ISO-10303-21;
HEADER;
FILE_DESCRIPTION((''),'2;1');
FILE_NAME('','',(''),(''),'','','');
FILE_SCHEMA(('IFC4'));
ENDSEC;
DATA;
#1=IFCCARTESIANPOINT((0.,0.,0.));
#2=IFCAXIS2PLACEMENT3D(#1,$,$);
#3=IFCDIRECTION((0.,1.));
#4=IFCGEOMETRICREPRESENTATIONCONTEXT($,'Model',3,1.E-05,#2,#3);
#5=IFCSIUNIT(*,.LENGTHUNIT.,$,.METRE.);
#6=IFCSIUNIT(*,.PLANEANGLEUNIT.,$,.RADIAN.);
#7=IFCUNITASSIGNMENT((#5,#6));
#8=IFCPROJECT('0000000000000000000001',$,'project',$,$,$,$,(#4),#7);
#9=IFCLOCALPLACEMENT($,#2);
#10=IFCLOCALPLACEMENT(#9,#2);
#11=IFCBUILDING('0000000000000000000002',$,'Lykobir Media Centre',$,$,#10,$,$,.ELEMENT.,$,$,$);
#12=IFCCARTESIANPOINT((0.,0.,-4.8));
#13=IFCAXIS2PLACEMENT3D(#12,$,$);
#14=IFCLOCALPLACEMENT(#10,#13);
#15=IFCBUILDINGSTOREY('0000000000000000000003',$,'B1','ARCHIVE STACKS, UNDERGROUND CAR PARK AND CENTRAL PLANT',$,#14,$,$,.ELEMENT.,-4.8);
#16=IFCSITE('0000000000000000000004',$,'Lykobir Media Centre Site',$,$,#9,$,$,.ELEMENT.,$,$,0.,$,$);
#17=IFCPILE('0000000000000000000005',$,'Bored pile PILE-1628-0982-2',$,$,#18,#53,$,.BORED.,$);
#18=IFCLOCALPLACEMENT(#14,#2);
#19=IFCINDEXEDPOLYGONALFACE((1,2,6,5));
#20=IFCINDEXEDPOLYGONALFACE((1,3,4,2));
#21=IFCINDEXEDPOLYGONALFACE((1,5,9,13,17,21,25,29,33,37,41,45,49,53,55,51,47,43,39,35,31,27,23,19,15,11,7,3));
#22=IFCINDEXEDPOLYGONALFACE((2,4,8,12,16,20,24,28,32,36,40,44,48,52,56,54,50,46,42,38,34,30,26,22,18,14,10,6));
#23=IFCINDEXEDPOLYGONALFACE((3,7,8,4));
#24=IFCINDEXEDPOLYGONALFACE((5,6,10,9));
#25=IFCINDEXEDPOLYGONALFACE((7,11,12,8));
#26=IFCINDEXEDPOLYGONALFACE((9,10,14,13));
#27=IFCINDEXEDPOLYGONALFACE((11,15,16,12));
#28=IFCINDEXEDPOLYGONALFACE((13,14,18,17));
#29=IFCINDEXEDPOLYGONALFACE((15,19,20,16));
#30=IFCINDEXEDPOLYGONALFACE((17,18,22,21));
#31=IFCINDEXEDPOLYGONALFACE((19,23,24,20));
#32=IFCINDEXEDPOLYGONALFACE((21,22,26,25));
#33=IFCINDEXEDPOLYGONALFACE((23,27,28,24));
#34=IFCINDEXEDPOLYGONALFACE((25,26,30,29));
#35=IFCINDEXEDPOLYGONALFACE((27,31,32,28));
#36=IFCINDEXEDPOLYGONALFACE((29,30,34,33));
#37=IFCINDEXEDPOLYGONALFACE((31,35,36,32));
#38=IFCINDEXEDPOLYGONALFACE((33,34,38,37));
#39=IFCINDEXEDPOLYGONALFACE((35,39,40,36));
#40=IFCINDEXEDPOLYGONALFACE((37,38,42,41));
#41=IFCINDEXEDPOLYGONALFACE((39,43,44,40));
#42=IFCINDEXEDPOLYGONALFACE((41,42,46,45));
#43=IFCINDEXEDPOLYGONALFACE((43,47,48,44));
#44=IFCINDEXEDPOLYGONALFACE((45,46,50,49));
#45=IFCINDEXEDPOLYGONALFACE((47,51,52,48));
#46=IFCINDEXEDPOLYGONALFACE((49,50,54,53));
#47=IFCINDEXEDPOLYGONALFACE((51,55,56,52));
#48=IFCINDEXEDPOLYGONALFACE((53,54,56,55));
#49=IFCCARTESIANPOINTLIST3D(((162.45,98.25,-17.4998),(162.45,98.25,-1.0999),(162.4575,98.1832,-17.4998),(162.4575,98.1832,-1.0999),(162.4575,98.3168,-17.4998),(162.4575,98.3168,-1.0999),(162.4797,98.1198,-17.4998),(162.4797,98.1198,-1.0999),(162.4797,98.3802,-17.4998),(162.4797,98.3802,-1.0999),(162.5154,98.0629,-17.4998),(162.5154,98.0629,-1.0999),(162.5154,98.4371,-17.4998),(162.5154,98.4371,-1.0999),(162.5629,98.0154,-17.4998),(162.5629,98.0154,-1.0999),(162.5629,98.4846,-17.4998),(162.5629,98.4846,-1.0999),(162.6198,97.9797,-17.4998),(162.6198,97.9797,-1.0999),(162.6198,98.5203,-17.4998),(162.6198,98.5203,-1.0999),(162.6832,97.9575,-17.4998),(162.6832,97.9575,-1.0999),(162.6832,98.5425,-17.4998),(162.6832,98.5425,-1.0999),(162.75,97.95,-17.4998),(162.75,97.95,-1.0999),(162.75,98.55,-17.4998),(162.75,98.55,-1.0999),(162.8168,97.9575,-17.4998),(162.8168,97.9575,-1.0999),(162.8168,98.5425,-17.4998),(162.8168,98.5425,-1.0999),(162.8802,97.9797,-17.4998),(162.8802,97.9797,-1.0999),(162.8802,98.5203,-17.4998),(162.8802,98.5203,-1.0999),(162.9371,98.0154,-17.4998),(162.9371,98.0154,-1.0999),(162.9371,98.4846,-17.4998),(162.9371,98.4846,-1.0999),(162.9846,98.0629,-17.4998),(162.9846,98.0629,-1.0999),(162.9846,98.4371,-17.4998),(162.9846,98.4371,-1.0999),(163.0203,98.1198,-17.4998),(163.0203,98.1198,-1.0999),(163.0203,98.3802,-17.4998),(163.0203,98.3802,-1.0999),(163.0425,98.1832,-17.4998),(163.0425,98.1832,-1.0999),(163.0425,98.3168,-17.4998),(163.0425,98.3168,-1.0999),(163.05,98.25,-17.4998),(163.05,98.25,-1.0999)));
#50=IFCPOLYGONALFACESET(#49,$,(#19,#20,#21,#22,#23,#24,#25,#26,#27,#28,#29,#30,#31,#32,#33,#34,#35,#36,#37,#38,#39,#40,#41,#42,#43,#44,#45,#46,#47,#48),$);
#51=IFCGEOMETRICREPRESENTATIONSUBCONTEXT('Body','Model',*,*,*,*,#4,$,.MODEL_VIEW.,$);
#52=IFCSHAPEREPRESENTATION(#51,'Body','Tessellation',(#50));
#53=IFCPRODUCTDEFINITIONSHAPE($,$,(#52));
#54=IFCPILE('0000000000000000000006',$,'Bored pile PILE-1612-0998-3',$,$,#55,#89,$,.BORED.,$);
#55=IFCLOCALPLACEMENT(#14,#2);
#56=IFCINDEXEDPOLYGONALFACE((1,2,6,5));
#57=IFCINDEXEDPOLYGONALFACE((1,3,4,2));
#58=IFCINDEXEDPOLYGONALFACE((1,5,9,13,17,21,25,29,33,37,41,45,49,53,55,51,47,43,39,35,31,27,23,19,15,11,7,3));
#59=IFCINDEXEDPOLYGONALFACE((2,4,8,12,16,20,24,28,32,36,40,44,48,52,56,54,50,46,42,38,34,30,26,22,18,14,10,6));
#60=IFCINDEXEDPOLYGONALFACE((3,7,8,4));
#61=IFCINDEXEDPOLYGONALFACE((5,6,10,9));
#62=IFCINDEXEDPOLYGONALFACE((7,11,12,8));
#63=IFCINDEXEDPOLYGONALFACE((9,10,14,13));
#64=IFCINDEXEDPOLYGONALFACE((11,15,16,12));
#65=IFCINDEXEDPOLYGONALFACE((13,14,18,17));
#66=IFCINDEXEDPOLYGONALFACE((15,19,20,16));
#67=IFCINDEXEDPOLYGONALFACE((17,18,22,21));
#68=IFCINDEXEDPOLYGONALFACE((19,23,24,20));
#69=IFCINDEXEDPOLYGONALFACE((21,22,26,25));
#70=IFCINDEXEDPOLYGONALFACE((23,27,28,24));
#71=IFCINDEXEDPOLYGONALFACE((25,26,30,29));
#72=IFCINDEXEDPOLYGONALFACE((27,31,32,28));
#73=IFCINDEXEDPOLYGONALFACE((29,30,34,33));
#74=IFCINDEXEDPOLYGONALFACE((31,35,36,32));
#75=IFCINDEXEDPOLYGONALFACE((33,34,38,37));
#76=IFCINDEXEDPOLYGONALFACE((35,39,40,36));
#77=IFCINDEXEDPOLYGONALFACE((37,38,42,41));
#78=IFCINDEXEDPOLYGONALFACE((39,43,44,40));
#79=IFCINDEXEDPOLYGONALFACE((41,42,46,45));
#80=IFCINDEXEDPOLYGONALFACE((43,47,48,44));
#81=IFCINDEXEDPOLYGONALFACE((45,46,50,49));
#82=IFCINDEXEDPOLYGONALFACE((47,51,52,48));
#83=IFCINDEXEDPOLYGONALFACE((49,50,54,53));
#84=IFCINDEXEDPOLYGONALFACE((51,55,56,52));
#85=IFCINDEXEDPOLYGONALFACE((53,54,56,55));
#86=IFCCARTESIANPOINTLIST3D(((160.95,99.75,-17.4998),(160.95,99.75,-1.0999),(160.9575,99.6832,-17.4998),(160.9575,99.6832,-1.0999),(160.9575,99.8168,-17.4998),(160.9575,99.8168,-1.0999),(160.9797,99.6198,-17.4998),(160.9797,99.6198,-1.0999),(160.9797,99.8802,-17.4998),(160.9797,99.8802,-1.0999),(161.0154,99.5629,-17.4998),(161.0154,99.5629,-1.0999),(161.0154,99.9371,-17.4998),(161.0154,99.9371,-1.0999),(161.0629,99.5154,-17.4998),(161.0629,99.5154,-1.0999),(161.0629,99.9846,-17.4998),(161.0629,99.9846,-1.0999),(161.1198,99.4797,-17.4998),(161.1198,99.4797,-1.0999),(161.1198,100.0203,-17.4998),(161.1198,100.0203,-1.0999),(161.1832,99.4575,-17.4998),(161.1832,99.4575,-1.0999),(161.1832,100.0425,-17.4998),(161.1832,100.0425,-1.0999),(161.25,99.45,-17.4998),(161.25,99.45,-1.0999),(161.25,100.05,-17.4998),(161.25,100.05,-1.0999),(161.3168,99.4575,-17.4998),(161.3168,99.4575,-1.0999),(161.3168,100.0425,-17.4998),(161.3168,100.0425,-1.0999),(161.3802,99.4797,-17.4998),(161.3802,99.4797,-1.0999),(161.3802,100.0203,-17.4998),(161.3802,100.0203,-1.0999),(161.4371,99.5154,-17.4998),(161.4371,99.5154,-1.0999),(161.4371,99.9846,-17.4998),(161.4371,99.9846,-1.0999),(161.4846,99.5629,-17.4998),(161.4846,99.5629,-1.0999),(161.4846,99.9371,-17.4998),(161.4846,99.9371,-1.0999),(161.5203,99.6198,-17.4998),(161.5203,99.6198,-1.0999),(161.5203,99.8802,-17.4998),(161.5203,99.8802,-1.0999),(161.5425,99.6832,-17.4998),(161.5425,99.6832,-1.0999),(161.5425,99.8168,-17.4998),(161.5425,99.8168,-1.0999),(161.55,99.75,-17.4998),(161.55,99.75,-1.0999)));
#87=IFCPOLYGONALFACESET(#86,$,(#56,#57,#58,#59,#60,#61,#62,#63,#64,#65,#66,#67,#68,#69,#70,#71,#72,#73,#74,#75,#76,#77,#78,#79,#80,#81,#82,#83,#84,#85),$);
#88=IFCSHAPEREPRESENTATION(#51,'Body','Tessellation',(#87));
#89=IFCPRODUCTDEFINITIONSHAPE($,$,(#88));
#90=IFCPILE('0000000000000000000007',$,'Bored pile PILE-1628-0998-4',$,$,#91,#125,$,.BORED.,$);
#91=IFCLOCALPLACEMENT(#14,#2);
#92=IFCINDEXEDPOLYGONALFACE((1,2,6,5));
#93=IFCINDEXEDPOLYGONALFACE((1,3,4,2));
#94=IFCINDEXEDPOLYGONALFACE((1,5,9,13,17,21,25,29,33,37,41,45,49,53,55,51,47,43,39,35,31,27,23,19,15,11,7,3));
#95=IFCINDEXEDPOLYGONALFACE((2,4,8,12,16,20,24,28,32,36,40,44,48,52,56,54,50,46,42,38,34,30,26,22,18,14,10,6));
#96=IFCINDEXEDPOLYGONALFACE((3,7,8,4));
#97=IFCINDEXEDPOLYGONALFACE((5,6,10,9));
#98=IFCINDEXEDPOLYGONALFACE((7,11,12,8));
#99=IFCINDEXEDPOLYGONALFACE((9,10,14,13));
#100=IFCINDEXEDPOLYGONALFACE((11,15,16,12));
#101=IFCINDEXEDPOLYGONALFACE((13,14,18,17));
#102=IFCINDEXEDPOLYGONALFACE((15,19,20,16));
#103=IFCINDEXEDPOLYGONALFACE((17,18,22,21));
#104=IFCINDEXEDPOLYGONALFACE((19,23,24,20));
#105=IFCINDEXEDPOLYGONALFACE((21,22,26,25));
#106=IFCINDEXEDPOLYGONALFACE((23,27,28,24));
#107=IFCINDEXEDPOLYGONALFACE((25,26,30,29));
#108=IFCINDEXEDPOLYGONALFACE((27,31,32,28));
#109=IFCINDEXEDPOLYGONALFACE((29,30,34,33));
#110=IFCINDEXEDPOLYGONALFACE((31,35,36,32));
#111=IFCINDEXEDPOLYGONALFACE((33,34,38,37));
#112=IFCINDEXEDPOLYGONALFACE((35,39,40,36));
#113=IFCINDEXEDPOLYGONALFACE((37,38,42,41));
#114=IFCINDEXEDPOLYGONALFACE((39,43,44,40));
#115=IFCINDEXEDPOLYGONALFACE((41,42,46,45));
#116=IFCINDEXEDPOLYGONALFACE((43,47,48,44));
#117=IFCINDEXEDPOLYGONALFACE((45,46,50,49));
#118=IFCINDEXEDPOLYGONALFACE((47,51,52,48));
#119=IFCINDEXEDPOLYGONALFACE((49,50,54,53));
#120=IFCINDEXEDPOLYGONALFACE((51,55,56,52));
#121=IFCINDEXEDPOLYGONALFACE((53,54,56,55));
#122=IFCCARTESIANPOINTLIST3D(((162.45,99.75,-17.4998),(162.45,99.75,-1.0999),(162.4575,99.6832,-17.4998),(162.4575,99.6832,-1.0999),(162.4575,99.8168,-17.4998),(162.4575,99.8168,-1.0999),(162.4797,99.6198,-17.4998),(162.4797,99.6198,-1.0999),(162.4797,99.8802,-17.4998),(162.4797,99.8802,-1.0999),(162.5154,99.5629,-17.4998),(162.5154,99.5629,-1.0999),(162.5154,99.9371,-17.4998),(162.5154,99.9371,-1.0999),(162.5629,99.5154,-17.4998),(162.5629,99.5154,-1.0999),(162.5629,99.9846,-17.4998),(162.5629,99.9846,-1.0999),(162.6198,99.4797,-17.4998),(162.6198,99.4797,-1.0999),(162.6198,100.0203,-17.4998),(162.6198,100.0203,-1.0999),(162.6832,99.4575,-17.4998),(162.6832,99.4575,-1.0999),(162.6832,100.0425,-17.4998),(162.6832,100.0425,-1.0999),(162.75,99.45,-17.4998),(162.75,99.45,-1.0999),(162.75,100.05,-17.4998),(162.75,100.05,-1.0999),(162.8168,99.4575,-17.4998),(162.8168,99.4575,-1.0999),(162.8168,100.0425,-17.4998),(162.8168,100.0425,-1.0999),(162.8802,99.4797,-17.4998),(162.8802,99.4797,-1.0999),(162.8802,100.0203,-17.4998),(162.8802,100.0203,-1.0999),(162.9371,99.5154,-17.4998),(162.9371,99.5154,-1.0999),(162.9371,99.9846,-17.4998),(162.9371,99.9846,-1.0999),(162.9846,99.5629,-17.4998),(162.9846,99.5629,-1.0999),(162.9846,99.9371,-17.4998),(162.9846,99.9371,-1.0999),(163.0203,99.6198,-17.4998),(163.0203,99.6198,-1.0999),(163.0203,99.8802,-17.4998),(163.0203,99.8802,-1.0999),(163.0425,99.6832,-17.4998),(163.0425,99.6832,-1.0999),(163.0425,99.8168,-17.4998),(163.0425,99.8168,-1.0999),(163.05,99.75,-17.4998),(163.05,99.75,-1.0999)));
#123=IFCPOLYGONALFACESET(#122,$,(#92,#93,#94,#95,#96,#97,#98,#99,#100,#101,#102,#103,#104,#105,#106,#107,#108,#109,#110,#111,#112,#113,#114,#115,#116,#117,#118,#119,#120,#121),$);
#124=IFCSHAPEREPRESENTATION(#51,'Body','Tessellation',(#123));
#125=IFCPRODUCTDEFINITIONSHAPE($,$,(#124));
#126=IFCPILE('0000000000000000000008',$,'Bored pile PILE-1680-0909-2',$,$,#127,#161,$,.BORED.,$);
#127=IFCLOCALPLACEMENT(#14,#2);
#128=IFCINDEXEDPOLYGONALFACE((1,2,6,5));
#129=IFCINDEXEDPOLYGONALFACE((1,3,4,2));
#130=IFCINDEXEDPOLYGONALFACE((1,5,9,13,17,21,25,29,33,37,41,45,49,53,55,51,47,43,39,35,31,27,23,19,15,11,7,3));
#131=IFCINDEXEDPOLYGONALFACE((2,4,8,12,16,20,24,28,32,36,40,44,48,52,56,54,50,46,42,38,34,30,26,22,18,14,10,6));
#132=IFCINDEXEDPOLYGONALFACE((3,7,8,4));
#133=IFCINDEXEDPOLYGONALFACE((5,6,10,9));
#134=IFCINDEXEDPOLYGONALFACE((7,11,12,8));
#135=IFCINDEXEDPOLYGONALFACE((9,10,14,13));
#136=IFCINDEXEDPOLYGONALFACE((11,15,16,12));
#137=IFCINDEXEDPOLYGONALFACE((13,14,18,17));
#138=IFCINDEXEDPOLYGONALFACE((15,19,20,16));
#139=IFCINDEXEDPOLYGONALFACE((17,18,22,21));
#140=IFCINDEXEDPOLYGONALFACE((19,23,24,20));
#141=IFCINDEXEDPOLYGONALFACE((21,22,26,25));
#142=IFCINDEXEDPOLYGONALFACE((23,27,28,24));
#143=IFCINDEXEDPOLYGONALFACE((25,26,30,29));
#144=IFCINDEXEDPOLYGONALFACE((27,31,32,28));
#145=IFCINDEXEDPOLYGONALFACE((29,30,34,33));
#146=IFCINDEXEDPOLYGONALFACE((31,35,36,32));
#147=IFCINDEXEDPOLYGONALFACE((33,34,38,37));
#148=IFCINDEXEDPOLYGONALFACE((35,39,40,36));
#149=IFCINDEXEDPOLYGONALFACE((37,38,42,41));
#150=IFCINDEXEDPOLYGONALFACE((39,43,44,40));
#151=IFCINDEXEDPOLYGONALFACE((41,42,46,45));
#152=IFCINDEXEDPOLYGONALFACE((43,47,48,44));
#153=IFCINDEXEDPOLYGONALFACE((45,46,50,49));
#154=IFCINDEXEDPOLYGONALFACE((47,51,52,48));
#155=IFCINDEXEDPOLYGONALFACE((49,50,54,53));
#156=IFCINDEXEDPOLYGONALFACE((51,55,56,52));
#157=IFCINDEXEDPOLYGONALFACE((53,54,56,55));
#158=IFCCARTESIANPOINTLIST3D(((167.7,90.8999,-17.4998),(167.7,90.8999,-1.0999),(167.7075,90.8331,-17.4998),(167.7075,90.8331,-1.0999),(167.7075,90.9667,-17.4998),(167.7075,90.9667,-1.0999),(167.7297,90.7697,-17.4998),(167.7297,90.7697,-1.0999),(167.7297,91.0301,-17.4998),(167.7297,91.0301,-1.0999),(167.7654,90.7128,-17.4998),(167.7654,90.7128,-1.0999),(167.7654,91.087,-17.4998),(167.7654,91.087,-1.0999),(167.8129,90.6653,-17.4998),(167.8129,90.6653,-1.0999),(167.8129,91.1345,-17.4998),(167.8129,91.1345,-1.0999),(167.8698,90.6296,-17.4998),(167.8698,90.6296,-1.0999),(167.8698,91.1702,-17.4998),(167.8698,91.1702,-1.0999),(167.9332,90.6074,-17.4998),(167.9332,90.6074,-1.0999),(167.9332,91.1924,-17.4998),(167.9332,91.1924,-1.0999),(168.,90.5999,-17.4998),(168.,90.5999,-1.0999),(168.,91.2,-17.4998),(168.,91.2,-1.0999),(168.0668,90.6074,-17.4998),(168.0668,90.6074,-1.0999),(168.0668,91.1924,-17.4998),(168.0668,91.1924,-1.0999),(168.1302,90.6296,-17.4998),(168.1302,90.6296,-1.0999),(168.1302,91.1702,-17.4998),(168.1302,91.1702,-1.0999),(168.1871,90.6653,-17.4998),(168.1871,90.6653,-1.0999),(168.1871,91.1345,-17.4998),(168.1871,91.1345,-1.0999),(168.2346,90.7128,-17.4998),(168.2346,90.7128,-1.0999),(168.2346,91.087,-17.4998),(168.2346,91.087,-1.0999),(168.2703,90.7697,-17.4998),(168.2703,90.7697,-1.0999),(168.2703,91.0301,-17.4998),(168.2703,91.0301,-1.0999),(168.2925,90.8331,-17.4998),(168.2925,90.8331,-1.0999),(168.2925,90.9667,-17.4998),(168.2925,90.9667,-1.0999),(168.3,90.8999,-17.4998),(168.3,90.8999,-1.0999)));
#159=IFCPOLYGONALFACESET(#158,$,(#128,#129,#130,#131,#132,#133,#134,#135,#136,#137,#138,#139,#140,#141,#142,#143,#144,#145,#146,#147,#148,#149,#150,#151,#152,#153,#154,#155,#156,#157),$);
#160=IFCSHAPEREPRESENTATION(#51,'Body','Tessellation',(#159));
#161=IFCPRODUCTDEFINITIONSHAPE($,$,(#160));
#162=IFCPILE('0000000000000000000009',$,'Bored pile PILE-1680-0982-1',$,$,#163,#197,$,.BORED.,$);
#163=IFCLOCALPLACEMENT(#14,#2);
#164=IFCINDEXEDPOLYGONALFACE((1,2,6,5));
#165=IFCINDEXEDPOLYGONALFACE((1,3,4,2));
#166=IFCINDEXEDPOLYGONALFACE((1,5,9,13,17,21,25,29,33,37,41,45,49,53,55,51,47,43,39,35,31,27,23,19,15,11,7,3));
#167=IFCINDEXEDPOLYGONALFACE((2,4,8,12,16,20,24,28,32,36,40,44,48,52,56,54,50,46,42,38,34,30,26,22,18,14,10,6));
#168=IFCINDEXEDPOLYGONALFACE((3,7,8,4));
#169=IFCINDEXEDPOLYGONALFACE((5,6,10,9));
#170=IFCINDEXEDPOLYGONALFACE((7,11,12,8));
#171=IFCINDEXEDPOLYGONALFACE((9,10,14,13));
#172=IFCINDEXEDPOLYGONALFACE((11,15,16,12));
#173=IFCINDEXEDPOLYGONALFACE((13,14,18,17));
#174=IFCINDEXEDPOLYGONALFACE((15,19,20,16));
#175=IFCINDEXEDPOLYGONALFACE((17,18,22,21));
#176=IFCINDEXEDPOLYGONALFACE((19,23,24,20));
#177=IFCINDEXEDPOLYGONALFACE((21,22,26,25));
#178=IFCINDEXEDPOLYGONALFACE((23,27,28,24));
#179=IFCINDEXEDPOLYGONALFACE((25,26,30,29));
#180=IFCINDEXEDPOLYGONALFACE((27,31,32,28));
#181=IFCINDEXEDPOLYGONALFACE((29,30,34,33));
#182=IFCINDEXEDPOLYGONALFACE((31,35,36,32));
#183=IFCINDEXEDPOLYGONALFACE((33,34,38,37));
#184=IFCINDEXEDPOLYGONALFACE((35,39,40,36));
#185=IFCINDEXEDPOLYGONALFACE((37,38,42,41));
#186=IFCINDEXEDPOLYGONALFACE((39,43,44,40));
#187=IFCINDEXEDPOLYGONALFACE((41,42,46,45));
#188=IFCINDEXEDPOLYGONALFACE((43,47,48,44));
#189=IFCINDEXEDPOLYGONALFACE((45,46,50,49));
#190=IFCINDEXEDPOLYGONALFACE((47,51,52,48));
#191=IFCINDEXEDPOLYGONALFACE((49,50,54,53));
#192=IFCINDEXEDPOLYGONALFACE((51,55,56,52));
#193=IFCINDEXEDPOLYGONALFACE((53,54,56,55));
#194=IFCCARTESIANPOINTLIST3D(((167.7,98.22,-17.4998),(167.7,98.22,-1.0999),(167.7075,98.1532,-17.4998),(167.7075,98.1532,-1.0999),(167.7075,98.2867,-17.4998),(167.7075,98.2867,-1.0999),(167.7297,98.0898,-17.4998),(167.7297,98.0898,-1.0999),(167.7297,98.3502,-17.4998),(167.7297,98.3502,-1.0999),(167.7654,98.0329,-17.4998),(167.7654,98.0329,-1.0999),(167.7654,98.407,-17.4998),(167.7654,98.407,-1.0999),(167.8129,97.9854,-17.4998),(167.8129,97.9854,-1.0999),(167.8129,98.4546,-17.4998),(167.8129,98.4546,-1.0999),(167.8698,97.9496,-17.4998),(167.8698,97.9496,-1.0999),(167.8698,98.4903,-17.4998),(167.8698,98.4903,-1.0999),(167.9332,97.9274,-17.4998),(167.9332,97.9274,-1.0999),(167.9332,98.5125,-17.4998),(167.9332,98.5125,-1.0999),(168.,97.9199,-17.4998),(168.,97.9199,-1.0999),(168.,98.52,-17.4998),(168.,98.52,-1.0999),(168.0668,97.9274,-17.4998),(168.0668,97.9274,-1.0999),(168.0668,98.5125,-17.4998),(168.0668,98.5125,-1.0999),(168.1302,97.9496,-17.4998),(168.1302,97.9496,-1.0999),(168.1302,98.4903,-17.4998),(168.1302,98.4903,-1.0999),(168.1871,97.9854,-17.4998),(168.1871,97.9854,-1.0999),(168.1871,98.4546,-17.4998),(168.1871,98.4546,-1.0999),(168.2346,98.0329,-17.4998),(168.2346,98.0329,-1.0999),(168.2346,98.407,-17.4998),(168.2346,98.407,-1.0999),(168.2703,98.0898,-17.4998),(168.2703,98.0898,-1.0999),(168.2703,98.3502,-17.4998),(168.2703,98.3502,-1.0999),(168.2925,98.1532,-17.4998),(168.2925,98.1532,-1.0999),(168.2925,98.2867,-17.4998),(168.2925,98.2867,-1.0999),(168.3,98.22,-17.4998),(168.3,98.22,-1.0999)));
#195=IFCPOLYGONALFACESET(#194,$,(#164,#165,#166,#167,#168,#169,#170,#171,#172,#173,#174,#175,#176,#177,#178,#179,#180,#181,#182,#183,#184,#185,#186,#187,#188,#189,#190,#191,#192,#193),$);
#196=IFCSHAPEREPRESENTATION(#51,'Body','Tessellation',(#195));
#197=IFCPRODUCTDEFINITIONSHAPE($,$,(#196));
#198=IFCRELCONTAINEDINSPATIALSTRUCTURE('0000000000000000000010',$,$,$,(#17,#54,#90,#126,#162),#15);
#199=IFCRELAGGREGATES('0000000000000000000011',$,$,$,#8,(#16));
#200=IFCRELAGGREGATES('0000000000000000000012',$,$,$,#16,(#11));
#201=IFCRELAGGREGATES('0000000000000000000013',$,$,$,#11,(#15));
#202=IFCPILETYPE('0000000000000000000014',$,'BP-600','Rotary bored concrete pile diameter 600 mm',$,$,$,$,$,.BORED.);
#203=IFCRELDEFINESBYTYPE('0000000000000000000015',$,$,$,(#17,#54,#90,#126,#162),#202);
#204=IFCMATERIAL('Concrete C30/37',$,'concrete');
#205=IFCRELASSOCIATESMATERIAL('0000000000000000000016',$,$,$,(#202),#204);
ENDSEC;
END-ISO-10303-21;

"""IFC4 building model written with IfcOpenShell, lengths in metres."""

from ifc_helpers import new_model, si_unit, direction, frame, origin, origin_2d, place, context, subcontext, project, spatial, circle, extrude, material, material_profile, profile_set, type_object, element, save


model = new_model("IFC4")

# Units and contexts
model_context = context("Model", 3, precision=1e-05, world=origin(), true_north=direction((0.0, 1.0)))
body_context = subcontext(model_context, "Body", "Model", "MODEL_VIEW")
ifc_project = project(units=[si_unit("LENGTHUNIT", "METRE"), si_unit("PLANEANGLEUNIT", "RADIAN")], contexts=[model_context])

# Site, building, storey
site_placement = place(None, origin())
site = spatial("IfcSite", under=ifc_project, at=site_placement, Name="Lykobir Media Centre Site", CompositionType="ELEMENT", RefElevation=0.0)
building_placement = place(site_placement, origin())
building = spatial("IfcBuilding", under=site, at=building_placement, Name="Lykobir Media Centre", CompositionType="ELEMENT")
storey_placement = place(building_placement, frame((0.0, 0.0, -4.8)))
storey = spatial("IfcBuildingStorey", under=building, at=storey_placement, Name="B1", Description="ARCHIVE STACKS, UNDERGROUND CAR PARK AND CENTRAL PLANT", CompositionType="ELEMENT", Elevation=-4.8)

# Piles
ifc_material_1 = material(Name="Concrete C30/37", Category="concrete")
ifc_material_profile_1 = material_profile(ifc_material_1, circle(Radius=0.3, at=origin_2d()), Name="BORED PILE D600")
ifc_profile_set_1 = profile_set([ifc_material_profile_1], Name="Concrete C30/37")
pile_type = type_object("IfcPileType", Name="BP-600", Description="Rotary bored concrete pile diameter 600 mm", PredefinedType="BORED", material=ifc_profile_set_1)
for number, where, z_axis, x_axis, name in (
    (1, (162.75, 98.25, -1.0999), (0.0, 0.0, -1.0), (1.0, 0.0, 0.0), "Bored pile PILE-1628-0982-2"),
    (2, (161.25, 99.75, -1.0999), (0.0, 0.0, -1.0), (1.0, 0.0, 0.0), "Bored pile PILE-1612-0998-3"),
    (3, (162.75, 99.75, -1.0999), (0.0, 0.0, -1.0), (1.0, 0.0, 0.0), "Bored pile PILE-1628-0998-4"),
    (4, (168.0, 90.8999, -1.0999), (0.0, 0.0, -1.0), (1.0, 0.0, 0.0), "Bored pile PILE-1680-0909-2"),
    (5, (168.0, 98.22, -1.0999), (0.0, 0.0, -1.0), (1.0, 0.0, 0.0), "Bored pile PILE-1680-0982-1"),
):
    element("IfcPile", number, at=place(storey_placement, frame(where, z_axis=z_axis, x_axis=x_axis)), inside=storey, type_object=pile_type, Name=name, PredefinedType="BORED", context=body_context, shape_type="SweptSolid", body=[
        extrude(circle(Radius=0.3, at=origin_2d()), origin(), (0.0, 0.0, 1.0), 16.3999),
    ])

save(model, "model.ifc")
